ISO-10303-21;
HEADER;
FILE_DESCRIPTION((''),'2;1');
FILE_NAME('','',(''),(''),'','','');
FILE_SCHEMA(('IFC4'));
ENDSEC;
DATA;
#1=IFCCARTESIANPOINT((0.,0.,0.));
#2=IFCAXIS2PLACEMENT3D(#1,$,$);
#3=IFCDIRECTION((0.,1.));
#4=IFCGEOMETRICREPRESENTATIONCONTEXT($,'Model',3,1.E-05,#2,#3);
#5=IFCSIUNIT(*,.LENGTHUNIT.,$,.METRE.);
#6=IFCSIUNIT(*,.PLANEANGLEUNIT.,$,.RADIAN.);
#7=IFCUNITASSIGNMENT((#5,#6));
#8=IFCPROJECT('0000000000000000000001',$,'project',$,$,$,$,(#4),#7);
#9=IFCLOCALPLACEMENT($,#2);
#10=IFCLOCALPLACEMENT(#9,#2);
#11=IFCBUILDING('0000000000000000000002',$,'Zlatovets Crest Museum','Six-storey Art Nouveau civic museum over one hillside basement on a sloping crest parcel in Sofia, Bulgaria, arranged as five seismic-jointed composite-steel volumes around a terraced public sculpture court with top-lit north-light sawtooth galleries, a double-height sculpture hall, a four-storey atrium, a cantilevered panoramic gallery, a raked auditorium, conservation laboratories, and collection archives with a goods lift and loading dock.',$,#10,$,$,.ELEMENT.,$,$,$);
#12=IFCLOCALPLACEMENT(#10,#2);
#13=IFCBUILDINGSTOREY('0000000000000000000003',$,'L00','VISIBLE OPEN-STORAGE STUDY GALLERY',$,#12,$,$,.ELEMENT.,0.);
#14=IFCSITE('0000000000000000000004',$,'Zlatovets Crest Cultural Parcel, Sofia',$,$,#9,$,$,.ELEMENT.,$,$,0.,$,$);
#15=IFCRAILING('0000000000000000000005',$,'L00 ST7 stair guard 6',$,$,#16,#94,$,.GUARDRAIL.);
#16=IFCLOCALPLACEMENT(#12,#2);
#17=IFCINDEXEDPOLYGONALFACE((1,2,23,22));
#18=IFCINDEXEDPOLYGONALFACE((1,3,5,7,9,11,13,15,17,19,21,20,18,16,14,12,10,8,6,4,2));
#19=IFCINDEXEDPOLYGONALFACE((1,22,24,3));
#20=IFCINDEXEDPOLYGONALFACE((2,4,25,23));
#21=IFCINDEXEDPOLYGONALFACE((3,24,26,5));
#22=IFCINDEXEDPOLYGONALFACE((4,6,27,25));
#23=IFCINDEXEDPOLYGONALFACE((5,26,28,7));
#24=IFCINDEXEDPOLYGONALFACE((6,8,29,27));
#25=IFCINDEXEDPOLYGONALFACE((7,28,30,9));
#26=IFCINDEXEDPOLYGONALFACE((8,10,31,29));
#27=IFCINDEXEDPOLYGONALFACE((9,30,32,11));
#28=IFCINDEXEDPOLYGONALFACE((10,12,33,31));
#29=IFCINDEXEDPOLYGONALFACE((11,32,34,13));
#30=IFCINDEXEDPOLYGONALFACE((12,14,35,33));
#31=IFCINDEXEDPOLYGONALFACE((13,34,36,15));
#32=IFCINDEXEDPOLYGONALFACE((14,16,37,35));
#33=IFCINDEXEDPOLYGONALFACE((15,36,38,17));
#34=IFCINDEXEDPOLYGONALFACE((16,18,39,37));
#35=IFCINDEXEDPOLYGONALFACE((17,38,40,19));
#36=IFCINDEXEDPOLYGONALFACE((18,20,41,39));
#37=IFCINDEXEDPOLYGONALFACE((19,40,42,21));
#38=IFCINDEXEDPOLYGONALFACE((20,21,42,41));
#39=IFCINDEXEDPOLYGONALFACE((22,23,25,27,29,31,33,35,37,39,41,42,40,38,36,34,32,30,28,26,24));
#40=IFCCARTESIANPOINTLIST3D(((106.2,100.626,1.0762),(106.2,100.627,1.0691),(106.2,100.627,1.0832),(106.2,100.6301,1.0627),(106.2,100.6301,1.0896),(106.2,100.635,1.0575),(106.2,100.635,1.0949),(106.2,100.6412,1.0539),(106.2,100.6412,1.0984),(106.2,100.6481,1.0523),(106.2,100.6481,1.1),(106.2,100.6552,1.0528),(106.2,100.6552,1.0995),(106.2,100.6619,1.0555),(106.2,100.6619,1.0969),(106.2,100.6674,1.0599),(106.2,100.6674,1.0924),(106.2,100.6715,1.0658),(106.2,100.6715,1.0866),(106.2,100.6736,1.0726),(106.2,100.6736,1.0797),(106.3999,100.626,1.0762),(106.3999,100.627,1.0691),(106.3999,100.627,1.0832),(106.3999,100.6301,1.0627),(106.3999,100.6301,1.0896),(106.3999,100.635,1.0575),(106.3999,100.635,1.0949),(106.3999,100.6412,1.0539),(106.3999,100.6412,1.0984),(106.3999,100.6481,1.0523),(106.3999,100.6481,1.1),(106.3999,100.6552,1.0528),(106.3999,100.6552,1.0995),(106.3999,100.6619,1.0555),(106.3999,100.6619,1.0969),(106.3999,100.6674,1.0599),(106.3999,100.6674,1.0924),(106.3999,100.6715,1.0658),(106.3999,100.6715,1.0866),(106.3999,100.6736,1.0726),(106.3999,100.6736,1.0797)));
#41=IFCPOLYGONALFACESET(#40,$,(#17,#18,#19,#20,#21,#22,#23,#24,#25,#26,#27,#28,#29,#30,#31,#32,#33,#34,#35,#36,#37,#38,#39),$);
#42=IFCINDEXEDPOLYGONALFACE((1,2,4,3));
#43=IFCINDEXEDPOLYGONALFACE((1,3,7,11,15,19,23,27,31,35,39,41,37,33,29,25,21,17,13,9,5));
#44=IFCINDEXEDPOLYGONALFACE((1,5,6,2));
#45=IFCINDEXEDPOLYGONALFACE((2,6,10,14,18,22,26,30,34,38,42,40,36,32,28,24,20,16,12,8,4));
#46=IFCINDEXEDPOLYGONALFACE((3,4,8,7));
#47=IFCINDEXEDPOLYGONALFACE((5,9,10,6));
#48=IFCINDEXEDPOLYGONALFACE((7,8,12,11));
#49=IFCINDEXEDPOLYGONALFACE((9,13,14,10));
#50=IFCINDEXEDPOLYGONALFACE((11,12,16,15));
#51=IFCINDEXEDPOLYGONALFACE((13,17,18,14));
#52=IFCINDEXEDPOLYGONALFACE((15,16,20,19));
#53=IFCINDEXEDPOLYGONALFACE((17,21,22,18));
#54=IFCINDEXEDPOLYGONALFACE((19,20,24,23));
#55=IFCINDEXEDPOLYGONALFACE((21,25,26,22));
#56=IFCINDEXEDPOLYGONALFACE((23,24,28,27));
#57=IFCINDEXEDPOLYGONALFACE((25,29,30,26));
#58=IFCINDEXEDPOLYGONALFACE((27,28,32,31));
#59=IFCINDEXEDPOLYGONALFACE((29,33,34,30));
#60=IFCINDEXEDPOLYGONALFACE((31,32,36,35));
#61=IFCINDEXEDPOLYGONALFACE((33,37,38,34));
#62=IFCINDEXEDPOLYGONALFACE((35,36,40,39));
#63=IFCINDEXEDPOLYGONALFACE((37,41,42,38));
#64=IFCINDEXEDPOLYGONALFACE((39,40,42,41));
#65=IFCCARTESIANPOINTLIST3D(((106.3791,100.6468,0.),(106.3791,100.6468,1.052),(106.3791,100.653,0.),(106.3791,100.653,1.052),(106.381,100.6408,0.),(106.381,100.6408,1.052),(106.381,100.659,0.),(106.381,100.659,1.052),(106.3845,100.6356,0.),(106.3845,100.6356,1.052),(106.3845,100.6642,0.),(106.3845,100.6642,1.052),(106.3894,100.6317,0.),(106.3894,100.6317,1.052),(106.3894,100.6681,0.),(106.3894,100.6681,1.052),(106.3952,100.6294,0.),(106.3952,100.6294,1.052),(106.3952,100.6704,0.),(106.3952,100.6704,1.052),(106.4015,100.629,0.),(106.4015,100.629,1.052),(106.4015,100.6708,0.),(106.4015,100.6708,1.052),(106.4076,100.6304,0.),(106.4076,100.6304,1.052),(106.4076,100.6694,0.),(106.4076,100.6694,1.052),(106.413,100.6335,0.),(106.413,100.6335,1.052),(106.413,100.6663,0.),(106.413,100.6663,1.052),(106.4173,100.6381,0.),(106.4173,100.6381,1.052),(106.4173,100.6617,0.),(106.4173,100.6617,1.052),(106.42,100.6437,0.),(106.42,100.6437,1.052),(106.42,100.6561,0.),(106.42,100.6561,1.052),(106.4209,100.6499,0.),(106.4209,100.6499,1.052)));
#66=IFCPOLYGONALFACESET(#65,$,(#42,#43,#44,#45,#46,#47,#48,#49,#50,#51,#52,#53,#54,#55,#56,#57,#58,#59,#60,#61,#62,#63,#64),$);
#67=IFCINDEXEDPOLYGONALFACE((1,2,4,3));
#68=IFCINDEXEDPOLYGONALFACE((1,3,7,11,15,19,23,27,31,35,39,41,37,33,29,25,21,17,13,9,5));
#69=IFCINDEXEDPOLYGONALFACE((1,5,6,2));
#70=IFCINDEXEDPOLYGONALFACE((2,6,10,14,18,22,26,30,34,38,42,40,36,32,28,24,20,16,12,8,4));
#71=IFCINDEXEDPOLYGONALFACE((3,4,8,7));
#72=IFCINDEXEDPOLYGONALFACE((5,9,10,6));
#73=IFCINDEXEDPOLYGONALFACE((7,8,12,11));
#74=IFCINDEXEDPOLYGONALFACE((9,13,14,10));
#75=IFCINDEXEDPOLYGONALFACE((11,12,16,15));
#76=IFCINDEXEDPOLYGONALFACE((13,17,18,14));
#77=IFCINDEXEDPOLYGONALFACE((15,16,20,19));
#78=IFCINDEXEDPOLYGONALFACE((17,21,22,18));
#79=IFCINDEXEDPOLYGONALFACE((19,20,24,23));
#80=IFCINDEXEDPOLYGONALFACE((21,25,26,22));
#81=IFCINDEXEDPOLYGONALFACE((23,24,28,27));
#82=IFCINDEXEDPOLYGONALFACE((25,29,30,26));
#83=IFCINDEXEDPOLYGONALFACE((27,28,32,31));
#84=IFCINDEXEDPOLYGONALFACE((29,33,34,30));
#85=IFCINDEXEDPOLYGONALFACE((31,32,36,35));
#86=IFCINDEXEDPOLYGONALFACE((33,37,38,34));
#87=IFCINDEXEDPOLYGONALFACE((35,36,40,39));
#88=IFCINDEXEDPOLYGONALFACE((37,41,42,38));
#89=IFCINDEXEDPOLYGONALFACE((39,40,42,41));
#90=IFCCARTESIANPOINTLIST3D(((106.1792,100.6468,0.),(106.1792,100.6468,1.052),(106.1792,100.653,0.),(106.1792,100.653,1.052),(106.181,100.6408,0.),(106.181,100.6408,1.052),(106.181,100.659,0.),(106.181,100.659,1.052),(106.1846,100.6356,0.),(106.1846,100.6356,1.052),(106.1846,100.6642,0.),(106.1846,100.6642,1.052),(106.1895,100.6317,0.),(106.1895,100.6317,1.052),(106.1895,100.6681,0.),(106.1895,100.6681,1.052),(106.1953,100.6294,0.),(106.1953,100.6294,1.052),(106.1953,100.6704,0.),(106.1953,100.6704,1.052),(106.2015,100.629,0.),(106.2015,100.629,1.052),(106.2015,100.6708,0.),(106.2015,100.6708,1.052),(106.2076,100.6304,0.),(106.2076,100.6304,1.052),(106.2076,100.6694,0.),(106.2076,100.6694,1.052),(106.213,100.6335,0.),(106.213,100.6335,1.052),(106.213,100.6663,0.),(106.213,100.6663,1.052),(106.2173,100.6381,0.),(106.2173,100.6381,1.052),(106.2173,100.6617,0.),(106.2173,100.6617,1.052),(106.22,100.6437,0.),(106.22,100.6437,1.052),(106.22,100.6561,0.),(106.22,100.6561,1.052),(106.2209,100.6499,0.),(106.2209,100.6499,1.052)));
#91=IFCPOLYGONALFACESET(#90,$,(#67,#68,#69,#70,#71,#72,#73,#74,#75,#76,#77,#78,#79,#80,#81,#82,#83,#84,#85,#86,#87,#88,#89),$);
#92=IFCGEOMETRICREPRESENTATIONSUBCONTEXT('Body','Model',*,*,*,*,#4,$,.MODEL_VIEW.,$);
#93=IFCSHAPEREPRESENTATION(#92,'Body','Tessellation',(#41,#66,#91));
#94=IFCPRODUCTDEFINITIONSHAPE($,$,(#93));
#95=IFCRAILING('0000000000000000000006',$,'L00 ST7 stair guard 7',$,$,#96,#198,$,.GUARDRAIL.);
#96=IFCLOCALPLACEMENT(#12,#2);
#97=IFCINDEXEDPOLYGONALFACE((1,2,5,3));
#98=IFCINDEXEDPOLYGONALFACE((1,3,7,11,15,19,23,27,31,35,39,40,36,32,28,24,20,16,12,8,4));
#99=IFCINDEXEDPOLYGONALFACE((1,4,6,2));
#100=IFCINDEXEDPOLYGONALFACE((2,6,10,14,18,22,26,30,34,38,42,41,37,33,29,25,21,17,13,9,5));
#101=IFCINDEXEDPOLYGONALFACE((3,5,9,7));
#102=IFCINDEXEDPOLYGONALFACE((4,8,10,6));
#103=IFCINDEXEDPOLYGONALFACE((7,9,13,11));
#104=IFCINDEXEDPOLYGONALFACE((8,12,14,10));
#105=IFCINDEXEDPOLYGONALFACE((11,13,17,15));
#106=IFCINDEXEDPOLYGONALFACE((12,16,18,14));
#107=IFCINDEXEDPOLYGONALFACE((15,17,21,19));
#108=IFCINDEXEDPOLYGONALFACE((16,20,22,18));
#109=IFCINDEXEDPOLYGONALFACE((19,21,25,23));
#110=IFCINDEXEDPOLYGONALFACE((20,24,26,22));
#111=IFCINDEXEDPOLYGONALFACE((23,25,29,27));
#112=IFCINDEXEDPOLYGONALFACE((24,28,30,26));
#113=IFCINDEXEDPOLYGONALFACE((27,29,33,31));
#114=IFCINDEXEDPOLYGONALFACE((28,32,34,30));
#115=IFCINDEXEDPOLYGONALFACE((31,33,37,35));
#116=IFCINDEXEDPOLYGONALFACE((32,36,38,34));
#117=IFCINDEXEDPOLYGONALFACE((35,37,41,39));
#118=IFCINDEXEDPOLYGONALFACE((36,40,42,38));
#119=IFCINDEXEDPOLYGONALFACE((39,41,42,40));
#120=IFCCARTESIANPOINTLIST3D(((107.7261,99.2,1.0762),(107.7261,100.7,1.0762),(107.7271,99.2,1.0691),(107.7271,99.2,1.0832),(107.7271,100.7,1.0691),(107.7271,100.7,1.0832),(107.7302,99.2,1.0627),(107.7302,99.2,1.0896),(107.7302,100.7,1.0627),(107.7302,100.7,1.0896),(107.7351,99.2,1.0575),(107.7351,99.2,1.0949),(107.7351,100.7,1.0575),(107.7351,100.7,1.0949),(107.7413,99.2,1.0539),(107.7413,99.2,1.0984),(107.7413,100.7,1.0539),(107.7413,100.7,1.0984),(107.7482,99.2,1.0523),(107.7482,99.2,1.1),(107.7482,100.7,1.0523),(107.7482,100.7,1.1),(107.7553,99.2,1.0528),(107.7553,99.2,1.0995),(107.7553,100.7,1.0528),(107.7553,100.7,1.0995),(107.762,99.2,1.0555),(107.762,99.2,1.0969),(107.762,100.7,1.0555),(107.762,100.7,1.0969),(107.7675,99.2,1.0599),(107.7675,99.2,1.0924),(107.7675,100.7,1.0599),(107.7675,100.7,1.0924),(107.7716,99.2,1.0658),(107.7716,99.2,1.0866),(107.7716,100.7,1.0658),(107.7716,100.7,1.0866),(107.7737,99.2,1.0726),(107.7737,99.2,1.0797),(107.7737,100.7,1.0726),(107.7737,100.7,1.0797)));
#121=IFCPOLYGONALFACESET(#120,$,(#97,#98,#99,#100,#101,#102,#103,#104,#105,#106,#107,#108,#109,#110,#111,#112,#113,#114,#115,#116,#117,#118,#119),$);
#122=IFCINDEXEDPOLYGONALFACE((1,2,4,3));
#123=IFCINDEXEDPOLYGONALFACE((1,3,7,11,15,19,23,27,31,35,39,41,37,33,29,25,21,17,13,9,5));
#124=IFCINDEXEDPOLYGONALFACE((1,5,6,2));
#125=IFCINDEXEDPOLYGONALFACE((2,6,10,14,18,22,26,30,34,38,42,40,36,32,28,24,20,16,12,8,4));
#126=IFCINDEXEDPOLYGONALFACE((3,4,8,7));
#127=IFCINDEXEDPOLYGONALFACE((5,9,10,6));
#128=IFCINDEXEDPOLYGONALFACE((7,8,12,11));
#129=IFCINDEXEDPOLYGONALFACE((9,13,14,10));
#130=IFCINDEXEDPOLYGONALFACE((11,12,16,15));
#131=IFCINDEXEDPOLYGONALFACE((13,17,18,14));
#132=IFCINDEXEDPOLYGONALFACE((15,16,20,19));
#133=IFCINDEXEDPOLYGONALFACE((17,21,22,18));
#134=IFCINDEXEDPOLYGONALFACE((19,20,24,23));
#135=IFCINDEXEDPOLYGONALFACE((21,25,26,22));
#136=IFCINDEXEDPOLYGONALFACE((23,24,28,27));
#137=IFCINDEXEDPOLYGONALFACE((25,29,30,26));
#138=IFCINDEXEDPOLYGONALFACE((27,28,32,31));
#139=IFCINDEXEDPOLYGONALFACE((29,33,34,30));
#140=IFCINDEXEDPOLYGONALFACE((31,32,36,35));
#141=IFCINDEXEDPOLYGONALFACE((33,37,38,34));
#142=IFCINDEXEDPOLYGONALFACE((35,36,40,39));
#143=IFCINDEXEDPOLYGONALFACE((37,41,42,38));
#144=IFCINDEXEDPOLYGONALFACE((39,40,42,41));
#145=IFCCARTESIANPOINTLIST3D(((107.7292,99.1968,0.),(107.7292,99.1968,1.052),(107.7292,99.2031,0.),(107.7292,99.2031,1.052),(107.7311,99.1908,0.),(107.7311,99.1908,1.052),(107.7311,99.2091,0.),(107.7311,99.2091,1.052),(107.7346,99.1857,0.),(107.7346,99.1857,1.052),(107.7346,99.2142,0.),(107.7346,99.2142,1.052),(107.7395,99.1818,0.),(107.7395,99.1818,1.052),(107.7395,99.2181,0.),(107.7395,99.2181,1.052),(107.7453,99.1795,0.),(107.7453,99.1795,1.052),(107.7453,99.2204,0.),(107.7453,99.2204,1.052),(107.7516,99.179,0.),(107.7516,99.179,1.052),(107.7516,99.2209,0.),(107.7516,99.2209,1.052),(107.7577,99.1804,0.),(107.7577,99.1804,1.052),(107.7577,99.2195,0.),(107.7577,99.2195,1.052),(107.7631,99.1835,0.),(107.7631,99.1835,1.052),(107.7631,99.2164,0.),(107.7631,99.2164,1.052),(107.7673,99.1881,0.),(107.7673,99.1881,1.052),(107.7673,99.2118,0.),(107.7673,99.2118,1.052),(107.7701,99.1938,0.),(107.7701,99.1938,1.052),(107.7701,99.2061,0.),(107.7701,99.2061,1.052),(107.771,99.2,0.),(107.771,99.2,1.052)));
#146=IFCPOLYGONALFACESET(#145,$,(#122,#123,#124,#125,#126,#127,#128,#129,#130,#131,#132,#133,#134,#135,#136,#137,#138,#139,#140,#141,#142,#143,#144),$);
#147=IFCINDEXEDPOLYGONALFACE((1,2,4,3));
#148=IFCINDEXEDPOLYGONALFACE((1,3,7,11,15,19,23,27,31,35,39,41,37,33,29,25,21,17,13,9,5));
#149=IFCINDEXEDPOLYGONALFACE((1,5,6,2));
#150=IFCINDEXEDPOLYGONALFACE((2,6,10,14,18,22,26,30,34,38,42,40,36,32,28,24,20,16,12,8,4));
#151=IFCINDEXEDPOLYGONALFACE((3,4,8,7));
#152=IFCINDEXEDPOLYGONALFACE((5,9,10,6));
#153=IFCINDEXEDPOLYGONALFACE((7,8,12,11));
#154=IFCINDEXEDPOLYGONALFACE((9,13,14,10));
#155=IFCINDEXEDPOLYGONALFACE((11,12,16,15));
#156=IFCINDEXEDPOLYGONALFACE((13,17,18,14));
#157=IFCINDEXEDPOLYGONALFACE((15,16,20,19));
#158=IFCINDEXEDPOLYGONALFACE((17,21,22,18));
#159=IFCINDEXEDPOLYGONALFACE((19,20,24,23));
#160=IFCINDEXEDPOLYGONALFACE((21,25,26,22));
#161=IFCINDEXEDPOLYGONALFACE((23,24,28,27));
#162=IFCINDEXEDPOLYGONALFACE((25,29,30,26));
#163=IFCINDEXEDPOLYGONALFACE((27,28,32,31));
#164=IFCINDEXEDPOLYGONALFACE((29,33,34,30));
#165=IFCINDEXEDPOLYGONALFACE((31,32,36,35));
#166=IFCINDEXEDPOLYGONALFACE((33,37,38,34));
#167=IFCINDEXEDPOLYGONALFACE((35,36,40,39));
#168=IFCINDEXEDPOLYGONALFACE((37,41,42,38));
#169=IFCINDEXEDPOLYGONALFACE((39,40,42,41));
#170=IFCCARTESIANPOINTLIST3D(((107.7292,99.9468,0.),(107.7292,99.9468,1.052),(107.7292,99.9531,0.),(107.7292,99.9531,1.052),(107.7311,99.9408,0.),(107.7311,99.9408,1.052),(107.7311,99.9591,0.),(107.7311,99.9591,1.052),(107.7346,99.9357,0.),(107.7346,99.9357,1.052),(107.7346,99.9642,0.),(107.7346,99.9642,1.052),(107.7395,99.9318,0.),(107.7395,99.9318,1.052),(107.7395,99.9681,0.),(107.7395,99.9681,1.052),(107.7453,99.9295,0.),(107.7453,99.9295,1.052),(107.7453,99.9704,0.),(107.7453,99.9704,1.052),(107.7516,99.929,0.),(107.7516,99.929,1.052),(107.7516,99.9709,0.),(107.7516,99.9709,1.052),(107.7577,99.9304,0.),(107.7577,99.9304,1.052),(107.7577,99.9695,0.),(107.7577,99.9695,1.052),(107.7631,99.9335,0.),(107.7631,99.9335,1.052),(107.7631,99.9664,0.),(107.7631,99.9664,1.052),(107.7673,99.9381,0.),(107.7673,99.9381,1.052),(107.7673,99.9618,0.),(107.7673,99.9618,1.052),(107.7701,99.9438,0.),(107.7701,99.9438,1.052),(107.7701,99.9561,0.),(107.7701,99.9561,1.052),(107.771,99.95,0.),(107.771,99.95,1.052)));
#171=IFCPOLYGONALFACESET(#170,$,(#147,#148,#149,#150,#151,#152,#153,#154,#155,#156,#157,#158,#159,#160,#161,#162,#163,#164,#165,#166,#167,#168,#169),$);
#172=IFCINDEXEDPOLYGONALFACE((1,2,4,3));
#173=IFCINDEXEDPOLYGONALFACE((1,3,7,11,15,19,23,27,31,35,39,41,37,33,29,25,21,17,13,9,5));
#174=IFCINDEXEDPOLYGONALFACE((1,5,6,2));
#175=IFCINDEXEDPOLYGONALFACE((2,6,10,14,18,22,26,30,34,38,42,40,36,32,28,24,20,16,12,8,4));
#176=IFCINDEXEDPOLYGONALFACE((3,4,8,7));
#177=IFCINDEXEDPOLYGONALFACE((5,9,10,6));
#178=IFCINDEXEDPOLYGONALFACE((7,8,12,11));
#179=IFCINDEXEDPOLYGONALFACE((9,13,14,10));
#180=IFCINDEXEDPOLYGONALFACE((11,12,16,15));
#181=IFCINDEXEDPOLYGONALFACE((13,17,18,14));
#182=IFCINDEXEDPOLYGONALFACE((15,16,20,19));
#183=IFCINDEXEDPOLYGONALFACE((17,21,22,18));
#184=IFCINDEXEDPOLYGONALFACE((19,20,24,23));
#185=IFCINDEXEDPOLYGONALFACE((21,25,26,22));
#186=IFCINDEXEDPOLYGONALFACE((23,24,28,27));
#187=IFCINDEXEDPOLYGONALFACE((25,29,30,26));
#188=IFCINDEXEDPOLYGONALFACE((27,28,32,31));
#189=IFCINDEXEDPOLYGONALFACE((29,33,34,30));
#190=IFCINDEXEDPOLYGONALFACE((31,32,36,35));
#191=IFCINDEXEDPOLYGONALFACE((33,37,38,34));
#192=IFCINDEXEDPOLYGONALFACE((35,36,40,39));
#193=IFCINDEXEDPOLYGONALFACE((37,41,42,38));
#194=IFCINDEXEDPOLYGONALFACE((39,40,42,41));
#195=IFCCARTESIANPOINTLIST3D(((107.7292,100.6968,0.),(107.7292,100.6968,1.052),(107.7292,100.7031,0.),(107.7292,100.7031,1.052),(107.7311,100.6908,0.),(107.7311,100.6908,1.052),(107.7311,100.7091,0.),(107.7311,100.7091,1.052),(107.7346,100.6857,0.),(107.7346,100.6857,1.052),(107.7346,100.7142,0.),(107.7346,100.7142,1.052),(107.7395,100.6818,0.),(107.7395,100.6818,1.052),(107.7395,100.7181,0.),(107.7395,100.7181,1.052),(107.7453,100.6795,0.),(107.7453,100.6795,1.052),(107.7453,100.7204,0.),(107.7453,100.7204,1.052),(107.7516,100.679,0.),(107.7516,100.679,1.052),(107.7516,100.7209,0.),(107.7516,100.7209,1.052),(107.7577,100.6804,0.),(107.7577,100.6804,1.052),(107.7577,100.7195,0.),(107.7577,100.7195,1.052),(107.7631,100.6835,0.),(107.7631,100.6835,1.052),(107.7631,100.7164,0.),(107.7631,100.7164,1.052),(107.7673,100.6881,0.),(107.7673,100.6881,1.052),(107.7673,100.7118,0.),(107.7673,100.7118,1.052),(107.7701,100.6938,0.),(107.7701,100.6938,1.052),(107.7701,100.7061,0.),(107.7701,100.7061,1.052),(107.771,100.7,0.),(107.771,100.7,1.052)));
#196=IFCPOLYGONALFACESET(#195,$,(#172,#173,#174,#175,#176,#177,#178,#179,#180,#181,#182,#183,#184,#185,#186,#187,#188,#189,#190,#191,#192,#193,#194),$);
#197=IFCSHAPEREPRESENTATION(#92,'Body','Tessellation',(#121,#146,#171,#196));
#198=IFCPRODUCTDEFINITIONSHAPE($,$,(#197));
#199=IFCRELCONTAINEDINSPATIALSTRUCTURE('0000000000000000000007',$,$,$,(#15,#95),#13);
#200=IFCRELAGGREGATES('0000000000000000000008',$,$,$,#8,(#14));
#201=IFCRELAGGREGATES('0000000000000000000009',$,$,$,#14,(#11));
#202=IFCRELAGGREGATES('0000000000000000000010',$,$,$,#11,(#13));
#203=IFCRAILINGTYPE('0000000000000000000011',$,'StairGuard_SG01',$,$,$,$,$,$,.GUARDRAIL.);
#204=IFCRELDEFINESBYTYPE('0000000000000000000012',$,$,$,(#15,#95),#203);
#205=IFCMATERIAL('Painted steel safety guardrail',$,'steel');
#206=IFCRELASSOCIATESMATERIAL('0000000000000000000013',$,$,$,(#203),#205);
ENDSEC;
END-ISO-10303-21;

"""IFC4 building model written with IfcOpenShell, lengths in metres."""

from ifc_helpers import new_model, si_unit, direction, frame, origin, origin_2d, place, context, subcontext, project, spatial, circle, extrude, material, type_object, element, save


model = new_model("IFC4")

# Units and contexts
model_context = context("Model", 3, precision=1e-05, world=origin(), true_north=direction((0.0, 1.0)))
body_context = subcontext(model_context, "Body", "Model", "MODEL_VIEW")
ifc_project = project(units=[si_unit("LENGTHUNIT", "METRE"), si_unit("PLANEANGLEUNIT", "RADIAN")], contexts=[model_context])

# Site, building, storey
site_placement = place(None, origin())
site = spatial("IfcSite", under=ifc_project, at=site_placement, Name="Zlatovets Crest Cultural Parcel, Sofia", CompositionType="ELEMENT", RefElevation=0.0)
building_placement = place(site_placement, origin())
building = spatial("IfcBuilding", under=site, at=building_placement, Name="Zlatovets Crest Museum", Description="Six-storey Art Nouveau civic museum over one hillside basement on a sloping crest parcel in Sofia, Bulgaria, arranged as five seismic-jointed composite-steel volumes around a terraced public sculpture court with top-lit north-light sawtooth galleries, a double-height sculpture hall, a four-storey atrium, a cantilevered panoramic gallery, a raked auditorium, conservation laboratories, and collection archives with a goods lift and loading dock.", CompositionType="ELEMENT")
storey_placement = place(building_placement, origin())
storey = spatial("IfcBuildingStorey", under=building, at=storey_placement, Name="L00", Description="VISIBLE OPEN-STORAGE STUDY GALLERY", CompositionType="ELEMENT", Elevation=0.0)

# Railings
ifc_material_1 = material(Name="Painted steel safety guardrail", Category="steel")
railing_type_1 = type_object("IfcRailingType", Name="StairGuard_SG01", PredefinedType="GUARDRAIL", material=ifc_material_1)
railing_1_placement = place(storey_placement, frame((106.3999, 100.6499, 0.0)))
element("IfcRailing", 1, at=railing_1_placement, inside=storey, type_object=railing_type_1, Name="L00 ST7 stair guard 6", PredefinedType="GUARDRAIL", context=body_context, shape_type="SweptSolid", body=[
    extrude(circle(Radius=0.0239, at=origin_2d()), frame((0.0, 0.0, 1.0762), z_axis=(-1.0, 0.0, 0.0), x_axis=(0.0, -1.0, 0.0)), (0.0, 0.0, 1.0), 0.2),
    extrude(circle(Radius=0.021, at=origin_2d()), origin(), (0.0, 0.0, 1.0), 1.052),
    extrude(circle(Radius=0.021, at=origin_2d()), frame((-0.2, 0.0, 0.0)), (0.0, 0.0, 1.0), 1.052),
])
for number, where, name in (
    (2, (107.75, 99.2, 0.0), "L00 ST7 stair guard 7"),
):
    element("IfcRailing", number, at=place(storey_placement, frame(where)), inside=storey, type_object=railing_type_1, Name=name, PredefinedType="GUARDRAIL", context=body_context, shape_type="SweptSolid", body=[
        extrude(circle(Radius=0.0239, at=origin_2d()), frame((0.0, 0.0, 1.0762), z_axis=(0.0, 1.0, 0.0), x_axis=(-1.0, 0.0, 0.0)), (0.0, 0.0, 1.0), 1.5),
        extrude(circle(Radius=0.021, at=origin_2d()), origin(), (0.0, 0.0, 1.0), 1.052),
        extrude(circle(Radius=0.021, at=origin_2d()), frame((0.0, 0.75, 0.0)), (0.0, 0.0, 1.0), 1.052),
        extrude(circle(Radius=0.021, at=origin_2d()), frame((0.0, 1.5, 0.0)), (0.0, 0.0, 1.0), 1.052),
    ])

save(model, "model.ifc")
